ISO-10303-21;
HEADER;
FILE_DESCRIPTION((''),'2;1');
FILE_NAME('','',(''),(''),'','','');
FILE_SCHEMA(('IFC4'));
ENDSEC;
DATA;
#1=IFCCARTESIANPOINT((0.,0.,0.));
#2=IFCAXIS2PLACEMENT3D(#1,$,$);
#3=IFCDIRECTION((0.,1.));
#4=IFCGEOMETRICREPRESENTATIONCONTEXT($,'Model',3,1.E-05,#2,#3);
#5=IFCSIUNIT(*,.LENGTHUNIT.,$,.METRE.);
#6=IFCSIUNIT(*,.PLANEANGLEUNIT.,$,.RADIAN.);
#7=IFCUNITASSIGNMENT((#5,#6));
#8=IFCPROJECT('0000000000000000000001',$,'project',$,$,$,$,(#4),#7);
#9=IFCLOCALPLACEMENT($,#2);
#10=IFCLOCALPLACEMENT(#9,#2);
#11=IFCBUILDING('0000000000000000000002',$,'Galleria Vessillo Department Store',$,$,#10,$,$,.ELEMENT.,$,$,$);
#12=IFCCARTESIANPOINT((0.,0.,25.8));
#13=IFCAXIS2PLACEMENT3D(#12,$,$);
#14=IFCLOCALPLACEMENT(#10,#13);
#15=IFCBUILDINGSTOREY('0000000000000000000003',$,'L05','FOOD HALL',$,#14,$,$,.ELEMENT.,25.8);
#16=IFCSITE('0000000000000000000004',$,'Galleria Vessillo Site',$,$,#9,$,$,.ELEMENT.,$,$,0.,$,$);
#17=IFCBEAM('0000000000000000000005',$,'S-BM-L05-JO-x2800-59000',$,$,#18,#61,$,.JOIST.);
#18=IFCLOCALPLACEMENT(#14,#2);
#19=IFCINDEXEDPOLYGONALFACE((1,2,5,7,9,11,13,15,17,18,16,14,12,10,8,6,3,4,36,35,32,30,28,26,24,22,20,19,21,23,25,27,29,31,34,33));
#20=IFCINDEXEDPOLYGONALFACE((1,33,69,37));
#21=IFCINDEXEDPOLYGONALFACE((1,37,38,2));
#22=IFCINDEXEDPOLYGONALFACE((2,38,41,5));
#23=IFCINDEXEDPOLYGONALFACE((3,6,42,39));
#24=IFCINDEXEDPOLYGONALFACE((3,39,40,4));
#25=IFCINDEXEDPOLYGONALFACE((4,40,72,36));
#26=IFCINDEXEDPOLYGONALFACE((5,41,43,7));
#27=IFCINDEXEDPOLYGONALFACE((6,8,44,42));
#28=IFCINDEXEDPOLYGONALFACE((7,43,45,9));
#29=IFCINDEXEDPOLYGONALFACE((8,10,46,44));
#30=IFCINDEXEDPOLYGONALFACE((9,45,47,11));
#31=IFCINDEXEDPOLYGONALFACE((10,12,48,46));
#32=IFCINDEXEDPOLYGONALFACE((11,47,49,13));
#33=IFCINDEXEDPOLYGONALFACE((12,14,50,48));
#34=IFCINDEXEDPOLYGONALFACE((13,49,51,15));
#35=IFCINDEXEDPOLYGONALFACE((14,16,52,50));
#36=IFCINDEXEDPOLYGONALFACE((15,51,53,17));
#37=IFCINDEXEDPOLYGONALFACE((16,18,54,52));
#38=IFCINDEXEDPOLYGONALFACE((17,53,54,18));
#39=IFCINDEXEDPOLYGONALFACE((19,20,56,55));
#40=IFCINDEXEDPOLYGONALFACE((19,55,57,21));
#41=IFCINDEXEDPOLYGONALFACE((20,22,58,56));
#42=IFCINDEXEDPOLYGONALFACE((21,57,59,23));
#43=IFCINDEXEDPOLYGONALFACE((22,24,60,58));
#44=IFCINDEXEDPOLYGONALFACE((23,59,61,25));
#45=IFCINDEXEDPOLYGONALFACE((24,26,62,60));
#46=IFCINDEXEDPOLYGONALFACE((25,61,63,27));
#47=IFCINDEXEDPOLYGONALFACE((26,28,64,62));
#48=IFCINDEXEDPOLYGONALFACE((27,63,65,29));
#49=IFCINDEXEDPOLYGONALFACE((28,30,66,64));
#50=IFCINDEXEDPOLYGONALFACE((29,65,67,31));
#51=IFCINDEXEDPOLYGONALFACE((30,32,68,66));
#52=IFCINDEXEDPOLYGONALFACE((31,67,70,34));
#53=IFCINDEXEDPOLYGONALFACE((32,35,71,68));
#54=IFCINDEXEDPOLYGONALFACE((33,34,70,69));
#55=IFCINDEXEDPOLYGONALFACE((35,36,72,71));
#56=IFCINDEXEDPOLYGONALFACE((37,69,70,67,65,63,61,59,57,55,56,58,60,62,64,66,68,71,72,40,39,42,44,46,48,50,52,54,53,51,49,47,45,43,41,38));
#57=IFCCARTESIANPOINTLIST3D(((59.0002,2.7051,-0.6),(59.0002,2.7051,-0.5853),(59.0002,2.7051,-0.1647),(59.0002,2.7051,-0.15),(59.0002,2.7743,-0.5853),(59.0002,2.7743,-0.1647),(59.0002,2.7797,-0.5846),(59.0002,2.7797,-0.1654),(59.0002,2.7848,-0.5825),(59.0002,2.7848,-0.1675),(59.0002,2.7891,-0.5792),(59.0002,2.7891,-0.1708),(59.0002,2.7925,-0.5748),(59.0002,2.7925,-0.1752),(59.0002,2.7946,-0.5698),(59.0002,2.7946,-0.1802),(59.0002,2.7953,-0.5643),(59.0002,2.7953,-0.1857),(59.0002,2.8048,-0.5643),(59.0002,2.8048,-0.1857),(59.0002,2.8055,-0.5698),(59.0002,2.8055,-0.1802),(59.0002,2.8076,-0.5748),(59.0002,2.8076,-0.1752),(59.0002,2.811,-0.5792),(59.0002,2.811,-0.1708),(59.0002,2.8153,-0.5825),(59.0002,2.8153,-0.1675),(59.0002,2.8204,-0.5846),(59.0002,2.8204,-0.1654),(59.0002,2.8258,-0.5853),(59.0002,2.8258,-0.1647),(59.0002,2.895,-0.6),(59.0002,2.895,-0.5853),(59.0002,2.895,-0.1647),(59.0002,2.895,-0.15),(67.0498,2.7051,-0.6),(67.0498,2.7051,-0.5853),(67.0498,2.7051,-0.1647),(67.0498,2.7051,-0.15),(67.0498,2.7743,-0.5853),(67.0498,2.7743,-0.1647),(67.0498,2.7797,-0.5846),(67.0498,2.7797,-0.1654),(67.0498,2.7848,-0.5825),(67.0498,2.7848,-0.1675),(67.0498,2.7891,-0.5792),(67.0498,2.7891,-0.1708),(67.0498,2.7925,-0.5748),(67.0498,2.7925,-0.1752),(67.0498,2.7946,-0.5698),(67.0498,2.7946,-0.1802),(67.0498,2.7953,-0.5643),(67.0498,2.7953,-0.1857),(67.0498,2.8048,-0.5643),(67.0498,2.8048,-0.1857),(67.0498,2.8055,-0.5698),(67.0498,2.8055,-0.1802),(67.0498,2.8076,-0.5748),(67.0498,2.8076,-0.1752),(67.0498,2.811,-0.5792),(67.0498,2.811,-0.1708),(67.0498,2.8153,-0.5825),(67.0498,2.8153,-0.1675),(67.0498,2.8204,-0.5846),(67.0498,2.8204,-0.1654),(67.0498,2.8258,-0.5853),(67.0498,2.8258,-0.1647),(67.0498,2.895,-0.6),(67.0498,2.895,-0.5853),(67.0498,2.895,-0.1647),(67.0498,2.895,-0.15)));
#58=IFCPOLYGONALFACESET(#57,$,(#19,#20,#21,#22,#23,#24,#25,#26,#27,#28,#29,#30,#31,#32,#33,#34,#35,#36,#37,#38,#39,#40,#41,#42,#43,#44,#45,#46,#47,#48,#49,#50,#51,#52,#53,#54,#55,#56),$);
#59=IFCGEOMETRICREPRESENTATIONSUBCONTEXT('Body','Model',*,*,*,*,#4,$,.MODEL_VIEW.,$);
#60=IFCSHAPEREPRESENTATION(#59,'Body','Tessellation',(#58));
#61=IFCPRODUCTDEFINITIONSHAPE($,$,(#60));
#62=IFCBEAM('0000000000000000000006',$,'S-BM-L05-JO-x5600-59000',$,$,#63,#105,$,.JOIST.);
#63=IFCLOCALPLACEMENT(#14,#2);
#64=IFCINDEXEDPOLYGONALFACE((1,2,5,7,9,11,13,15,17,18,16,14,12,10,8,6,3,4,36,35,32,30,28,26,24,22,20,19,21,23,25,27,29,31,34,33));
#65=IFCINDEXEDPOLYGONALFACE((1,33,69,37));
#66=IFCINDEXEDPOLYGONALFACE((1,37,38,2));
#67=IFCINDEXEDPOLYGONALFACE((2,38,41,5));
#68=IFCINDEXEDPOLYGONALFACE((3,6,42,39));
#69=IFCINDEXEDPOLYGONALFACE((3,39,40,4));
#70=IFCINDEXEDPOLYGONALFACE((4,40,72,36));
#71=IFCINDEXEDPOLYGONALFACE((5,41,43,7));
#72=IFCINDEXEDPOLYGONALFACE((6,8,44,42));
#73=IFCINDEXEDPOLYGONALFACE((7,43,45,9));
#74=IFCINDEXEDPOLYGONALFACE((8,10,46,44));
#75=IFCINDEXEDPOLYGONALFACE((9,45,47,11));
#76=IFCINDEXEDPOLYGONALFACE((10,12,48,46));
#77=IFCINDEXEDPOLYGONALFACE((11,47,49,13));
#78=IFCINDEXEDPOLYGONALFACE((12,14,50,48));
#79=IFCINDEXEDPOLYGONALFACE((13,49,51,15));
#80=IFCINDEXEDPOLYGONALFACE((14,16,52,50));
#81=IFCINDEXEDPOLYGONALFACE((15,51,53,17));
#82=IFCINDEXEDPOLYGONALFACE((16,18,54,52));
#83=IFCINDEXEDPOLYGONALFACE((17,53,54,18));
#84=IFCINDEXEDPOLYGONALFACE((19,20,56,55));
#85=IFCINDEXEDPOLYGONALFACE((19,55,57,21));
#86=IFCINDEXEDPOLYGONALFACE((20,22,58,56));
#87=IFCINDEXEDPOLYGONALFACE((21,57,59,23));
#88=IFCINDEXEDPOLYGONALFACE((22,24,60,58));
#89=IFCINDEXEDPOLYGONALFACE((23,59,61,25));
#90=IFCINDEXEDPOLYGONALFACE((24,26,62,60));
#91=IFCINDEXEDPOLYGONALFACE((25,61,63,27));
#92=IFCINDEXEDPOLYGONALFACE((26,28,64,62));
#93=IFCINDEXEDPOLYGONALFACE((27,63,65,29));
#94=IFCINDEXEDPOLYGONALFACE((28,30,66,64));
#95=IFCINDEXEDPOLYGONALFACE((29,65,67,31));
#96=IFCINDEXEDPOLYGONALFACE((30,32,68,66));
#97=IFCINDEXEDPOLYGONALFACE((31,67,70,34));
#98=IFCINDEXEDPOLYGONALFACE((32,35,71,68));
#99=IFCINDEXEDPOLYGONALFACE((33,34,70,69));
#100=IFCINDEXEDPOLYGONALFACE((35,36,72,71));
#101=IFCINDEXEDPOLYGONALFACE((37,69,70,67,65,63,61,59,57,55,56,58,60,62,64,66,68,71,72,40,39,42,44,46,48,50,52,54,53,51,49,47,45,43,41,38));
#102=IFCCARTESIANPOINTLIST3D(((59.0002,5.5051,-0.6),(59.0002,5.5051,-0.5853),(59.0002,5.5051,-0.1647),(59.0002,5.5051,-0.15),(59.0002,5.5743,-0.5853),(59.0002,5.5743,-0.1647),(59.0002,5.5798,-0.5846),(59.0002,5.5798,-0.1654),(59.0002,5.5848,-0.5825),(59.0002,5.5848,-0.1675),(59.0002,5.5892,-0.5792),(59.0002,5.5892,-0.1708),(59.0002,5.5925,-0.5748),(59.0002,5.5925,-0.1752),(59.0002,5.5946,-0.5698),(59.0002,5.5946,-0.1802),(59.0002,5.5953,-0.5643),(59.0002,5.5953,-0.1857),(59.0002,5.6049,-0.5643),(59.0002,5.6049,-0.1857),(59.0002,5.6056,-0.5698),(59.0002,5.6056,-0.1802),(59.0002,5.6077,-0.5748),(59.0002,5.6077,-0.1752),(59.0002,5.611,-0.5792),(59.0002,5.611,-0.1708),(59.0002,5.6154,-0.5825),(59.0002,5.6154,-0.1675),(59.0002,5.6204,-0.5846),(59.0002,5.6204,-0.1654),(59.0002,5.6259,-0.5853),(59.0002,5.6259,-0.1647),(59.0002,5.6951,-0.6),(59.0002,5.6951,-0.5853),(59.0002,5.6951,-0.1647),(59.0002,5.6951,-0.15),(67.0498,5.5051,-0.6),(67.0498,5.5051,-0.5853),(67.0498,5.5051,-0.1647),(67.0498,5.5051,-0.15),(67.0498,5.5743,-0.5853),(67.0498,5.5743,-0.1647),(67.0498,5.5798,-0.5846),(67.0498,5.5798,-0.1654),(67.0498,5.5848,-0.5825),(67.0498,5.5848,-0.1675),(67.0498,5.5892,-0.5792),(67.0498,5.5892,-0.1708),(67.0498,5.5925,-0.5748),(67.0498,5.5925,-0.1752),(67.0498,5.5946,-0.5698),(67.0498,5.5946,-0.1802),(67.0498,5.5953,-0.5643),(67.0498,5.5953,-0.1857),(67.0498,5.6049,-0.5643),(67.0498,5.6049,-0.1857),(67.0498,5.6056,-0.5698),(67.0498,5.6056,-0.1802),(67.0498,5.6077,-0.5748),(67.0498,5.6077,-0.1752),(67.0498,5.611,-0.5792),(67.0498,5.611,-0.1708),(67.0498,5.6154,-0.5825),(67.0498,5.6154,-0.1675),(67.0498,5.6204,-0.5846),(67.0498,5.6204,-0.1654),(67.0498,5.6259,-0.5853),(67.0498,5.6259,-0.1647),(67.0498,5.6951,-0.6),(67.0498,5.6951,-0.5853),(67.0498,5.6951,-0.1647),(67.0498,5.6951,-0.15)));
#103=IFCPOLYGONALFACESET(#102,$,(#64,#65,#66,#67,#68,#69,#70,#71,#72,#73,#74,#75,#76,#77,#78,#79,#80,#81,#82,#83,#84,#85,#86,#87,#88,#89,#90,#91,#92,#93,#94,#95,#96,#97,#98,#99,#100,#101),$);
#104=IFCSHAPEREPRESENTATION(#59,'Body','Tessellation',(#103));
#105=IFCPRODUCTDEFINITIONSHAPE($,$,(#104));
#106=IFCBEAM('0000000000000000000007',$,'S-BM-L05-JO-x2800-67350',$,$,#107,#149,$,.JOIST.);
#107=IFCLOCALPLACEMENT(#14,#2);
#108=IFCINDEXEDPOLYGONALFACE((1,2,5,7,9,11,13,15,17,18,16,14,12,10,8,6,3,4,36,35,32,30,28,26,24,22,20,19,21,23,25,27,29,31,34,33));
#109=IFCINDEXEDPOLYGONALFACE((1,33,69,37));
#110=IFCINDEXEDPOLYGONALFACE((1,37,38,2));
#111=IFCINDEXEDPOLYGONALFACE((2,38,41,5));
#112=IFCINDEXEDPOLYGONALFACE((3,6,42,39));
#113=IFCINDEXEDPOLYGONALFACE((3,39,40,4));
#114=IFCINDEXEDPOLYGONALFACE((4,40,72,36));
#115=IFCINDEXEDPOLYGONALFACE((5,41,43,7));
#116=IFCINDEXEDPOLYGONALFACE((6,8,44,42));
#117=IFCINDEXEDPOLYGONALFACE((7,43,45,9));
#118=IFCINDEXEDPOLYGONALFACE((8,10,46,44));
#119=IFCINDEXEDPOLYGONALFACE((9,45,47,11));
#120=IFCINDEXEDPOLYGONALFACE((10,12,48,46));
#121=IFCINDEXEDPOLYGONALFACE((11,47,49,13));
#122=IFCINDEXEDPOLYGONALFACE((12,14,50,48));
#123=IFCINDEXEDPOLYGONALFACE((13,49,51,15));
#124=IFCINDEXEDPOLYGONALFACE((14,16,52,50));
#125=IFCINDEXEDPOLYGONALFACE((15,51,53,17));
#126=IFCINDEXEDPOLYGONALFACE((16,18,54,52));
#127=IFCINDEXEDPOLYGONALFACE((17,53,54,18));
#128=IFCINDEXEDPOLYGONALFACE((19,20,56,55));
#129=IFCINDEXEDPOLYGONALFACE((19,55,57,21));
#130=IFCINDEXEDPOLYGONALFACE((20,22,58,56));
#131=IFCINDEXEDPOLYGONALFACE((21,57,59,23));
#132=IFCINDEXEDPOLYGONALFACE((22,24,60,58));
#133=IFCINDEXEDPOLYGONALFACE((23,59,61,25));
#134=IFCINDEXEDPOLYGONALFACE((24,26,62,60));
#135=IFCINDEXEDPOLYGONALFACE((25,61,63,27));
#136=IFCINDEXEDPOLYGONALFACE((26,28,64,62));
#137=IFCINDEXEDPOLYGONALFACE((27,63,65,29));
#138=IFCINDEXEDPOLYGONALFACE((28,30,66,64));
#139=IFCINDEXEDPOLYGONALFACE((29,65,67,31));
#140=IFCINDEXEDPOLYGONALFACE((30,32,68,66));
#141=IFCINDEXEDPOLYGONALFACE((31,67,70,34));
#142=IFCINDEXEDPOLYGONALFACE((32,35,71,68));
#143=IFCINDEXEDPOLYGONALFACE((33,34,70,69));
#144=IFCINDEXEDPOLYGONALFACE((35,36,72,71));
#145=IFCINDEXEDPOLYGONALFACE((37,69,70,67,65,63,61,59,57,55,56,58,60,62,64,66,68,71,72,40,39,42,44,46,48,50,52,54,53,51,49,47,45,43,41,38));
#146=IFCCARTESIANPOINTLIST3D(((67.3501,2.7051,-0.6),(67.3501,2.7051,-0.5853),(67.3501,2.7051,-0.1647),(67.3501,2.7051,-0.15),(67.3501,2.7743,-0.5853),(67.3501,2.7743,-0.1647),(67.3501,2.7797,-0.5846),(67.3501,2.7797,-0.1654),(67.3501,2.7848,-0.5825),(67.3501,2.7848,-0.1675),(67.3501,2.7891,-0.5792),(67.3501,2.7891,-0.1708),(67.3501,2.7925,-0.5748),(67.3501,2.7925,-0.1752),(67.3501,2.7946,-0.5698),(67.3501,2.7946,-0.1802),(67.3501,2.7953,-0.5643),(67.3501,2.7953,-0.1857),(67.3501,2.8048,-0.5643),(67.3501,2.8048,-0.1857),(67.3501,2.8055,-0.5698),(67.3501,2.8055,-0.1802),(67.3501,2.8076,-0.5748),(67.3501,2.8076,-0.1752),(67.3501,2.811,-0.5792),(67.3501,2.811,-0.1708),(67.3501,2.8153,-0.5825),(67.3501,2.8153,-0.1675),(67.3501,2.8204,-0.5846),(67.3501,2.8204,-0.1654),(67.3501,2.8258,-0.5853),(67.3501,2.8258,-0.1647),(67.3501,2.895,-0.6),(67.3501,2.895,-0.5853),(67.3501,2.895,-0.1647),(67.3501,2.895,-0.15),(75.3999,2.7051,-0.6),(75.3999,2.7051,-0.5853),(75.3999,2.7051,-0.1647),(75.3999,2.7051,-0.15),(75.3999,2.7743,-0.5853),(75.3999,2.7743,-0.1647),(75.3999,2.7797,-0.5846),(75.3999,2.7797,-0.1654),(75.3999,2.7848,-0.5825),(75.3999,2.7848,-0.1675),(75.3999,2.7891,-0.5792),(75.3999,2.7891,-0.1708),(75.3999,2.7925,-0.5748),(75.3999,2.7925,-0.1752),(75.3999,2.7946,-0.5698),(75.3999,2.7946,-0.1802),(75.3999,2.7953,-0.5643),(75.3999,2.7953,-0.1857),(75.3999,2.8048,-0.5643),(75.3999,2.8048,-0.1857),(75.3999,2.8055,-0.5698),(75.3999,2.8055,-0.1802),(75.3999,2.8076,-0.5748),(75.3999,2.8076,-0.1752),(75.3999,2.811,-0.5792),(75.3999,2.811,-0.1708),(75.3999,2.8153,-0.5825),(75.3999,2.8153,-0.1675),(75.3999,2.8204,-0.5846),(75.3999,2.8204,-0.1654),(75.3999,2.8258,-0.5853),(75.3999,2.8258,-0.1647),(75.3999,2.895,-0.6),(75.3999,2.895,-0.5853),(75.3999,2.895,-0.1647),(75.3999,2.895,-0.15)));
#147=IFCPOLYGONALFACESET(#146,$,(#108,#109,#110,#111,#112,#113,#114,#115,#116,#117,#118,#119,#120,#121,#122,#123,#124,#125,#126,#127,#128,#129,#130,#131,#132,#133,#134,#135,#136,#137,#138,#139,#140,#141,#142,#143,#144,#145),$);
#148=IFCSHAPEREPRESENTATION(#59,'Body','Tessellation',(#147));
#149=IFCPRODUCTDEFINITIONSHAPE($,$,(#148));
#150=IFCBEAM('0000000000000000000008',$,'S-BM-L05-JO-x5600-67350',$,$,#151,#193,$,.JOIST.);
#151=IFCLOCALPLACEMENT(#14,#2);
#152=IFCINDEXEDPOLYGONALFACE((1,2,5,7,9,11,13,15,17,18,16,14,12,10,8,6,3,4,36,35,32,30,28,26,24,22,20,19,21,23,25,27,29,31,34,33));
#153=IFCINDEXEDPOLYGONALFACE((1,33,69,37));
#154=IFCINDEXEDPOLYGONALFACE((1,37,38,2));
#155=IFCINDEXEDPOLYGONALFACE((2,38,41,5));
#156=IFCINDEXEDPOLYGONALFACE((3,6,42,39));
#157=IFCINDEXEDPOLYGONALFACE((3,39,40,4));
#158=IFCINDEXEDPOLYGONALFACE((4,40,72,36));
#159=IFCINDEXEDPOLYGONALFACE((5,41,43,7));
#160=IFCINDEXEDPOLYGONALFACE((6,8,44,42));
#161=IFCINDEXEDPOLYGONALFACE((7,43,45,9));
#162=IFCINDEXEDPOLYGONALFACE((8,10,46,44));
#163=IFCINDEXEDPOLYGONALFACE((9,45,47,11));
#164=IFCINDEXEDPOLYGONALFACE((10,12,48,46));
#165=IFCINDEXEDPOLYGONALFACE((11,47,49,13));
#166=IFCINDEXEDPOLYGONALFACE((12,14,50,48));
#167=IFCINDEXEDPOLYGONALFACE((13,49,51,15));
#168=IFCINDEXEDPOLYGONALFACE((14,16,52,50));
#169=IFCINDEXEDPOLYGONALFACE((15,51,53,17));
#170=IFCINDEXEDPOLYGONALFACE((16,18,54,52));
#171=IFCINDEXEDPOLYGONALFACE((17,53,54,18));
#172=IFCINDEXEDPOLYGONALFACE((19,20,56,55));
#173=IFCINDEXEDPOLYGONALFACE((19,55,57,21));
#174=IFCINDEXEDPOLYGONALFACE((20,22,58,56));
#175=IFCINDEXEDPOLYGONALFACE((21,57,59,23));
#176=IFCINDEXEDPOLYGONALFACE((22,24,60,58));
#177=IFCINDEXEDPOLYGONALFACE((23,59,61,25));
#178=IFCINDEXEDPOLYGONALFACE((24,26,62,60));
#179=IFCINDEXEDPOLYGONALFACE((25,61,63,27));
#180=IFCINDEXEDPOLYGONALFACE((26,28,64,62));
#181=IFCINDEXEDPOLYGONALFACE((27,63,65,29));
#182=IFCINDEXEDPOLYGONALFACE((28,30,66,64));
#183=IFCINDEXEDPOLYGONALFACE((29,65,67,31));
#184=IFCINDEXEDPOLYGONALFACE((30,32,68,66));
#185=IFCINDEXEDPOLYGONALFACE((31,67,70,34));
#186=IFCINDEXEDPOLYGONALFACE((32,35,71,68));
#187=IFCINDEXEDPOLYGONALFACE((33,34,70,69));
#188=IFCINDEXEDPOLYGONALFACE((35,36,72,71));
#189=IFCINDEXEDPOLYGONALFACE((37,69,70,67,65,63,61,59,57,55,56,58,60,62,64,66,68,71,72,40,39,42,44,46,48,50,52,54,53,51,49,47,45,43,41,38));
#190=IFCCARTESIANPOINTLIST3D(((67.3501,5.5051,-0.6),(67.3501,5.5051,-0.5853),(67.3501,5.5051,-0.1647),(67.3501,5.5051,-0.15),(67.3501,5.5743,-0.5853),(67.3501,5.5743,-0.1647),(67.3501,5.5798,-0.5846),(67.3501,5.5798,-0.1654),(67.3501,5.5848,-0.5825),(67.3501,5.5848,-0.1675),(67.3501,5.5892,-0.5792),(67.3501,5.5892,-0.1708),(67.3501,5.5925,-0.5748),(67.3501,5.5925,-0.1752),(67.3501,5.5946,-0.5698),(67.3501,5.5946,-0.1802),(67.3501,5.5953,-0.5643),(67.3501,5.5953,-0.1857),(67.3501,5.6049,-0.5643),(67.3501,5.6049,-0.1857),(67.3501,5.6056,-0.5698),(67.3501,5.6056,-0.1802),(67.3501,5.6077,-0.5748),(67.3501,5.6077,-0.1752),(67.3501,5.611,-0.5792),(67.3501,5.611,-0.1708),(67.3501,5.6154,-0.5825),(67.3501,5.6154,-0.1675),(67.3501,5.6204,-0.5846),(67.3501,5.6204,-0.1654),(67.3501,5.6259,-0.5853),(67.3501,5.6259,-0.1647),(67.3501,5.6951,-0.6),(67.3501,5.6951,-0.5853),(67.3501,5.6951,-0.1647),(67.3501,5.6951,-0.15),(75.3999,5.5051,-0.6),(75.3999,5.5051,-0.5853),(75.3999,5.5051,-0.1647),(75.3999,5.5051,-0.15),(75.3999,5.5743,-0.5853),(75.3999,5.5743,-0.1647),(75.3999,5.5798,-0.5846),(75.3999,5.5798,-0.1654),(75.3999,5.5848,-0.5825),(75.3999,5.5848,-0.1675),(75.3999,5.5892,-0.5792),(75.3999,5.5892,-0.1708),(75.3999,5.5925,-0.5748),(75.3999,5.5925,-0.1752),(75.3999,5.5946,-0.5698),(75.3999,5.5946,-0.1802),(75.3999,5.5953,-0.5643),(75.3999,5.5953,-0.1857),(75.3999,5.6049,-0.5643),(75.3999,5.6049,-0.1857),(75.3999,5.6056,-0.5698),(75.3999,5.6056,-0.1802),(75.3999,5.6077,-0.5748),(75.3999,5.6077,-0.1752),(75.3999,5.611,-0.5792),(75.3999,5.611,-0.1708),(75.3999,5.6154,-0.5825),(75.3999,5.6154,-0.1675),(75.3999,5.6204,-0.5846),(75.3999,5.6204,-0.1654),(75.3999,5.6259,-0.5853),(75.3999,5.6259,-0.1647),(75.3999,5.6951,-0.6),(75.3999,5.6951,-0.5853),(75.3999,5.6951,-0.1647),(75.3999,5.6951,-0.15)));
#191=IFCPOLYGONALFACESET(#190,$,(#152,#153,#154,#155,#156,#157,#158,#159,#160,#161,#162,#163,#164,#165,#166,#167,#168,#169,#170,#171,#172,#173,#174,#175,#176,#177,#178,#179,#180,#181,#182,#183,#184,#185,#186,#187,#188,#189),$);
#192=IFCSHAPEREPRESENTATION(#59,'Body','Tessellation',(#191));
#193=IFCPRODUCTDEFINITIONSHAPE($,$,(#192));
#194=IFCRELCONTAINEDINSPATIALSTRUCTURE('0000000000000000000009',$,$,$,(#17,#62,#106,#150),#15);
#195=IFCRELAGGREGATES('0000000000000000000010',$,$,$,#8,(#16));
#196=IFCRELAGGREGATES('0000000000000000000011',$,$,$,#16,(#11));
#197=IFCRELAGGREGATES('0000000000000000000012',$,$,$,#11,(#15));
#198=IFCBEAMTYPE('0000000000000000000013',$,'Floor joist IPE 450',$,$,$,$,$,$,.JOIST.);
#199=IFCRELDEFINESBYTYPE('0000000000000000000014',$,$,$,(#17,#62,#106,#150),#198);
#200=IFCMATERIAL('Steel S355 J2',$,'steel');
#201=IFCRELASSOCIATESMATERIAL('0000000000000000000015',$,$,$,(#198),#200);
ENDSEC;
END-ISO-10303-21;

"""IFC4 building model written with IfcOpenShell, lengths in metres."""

from ifc_helpers import new_model, si_unit, direction, frame, origin, origin_2d, place, context, subcontext, project, spatial, i_section, extrude, material, material_profile, profile_set, type_object, element, save


model = new_model("IFC4")

# Units and contexts
model_context = context("Model", 3, precision=1e-05, world=origin(), true_north=direction((0.0, 1.0)))
body_context = subcontext(model_context, "Body", "Model", "MODEL_VIEW")
ifc_project = project(units=[si_unit("LENGTHUNIT", "METRE"), si_unit("PLANEANGLEUNIT", "RADIAN")], contexts=[model_context])

# Site, building, storey
site_placement = place(None, origin())
site = spatial("IfcSite", under=ifc_project, at=site_placement, Name="Galleria Vessillo Site", CompositionType="ELEMENT", RefElevation=0.0)
building_placement = place(site_placement, origin())
building = spatial("IfcBuilding", under=site, at=building_placement, Name="Galleria Vessillo Department Store", CompositionType="ELEMENT")
storey_placement = place(building_placement, frame((0.0, 0.0, 25.8)))
storey = spatial("IfcBuildingStorey", under=building, at=storey_placement, Name="L05", Description="FOOD HALL", CompositionType="ELEMENT", Elevation=25.8)

# Beams
ifc_material_1 = material(Name="Steel S355 J2", Category="steel")
ifc_material_profile_1 = material_profile(ifc_material_1, i_section(OverallWidth=0.1899, OverallDepth=0.45, WebThickness=0.0095, FlangeThickness=0.0146, FilletRadius=0.021, at=origin_2d()), Name="IPE 450")
ifc_profile_set_1 = profile_set([ifc_material_profile_1], Name="Steel S355 J2")
beam_type_1 = type_object("IfcBeamType", Name="Floor joist IPE 450", PredefinedType="JOIST", material=ifc_profile_set_1)
for number, where, z_axis, x_axis, name in (
    (1, (59.0002, 2.8, -0.375), (1.0, 0.0, 0.0), (0.0, 1.0, 0.0), "S-BM-L05-JO-x2800-59000"),
    (2, (59.0002, 5.6001, -0.375), (1.0, 0.0, 0.0), (0.0, 1.0, 0.0), "S-BM-L05-JO-x5600-59000"),
):
    element("IfcBeam", number, at=place(storey_placement, frame(where, z_axis=z_axis, x_axis=x_axis)), inside=storey, type_object=beam_type_1, Name=name, PredefinedType="JOIST", context=body_context, shape_type="SweptSolid", body=[
        extrude(i_section(OverallWidth=0.1899, OverallDepth=0.45, WebThickness=0.0095, FlangeThickness=0.0146, FilletRadius=0.021, at=origin_2d()), origin(), (0.0, 0.0, 1.0), 8.0496),
    ])
for number, where, z_axis, x_axis, name in (
    (3, (67.3501, 2.8, -0.375), (1.0, 0.0, 0.0), (0.0, 1.0, 0.0), "S-BM-L05-JO-x2800-67350"),
    (4, (67.3501, 5.6001, -0.375), (1.0, 0.0, 0.0), (0.0, 1.0, 0.0), "S-BM-L05-JO-x5600-67350"),
):
    element("IfcBeam", number, at=place(storey_placement, frame(where, z_axis=z_axis, x_axis=x_axis)), inside=storey, type_object=beam_type_1, Name=name, PredefinedType="JOIST", context=body_context, shape_type="SweptSolid", body=[
        extrude(i_section(OverallWidth=0.1899, OverallDepth=0.45, WebThickness=0.0095, FlangeThickness=0.0146, FilletRadius=0.021, at=origin_2d()), origin(), (0.0, 0.0, 1.0), 8.0498),
    ])

save(model, "model.ifc")
